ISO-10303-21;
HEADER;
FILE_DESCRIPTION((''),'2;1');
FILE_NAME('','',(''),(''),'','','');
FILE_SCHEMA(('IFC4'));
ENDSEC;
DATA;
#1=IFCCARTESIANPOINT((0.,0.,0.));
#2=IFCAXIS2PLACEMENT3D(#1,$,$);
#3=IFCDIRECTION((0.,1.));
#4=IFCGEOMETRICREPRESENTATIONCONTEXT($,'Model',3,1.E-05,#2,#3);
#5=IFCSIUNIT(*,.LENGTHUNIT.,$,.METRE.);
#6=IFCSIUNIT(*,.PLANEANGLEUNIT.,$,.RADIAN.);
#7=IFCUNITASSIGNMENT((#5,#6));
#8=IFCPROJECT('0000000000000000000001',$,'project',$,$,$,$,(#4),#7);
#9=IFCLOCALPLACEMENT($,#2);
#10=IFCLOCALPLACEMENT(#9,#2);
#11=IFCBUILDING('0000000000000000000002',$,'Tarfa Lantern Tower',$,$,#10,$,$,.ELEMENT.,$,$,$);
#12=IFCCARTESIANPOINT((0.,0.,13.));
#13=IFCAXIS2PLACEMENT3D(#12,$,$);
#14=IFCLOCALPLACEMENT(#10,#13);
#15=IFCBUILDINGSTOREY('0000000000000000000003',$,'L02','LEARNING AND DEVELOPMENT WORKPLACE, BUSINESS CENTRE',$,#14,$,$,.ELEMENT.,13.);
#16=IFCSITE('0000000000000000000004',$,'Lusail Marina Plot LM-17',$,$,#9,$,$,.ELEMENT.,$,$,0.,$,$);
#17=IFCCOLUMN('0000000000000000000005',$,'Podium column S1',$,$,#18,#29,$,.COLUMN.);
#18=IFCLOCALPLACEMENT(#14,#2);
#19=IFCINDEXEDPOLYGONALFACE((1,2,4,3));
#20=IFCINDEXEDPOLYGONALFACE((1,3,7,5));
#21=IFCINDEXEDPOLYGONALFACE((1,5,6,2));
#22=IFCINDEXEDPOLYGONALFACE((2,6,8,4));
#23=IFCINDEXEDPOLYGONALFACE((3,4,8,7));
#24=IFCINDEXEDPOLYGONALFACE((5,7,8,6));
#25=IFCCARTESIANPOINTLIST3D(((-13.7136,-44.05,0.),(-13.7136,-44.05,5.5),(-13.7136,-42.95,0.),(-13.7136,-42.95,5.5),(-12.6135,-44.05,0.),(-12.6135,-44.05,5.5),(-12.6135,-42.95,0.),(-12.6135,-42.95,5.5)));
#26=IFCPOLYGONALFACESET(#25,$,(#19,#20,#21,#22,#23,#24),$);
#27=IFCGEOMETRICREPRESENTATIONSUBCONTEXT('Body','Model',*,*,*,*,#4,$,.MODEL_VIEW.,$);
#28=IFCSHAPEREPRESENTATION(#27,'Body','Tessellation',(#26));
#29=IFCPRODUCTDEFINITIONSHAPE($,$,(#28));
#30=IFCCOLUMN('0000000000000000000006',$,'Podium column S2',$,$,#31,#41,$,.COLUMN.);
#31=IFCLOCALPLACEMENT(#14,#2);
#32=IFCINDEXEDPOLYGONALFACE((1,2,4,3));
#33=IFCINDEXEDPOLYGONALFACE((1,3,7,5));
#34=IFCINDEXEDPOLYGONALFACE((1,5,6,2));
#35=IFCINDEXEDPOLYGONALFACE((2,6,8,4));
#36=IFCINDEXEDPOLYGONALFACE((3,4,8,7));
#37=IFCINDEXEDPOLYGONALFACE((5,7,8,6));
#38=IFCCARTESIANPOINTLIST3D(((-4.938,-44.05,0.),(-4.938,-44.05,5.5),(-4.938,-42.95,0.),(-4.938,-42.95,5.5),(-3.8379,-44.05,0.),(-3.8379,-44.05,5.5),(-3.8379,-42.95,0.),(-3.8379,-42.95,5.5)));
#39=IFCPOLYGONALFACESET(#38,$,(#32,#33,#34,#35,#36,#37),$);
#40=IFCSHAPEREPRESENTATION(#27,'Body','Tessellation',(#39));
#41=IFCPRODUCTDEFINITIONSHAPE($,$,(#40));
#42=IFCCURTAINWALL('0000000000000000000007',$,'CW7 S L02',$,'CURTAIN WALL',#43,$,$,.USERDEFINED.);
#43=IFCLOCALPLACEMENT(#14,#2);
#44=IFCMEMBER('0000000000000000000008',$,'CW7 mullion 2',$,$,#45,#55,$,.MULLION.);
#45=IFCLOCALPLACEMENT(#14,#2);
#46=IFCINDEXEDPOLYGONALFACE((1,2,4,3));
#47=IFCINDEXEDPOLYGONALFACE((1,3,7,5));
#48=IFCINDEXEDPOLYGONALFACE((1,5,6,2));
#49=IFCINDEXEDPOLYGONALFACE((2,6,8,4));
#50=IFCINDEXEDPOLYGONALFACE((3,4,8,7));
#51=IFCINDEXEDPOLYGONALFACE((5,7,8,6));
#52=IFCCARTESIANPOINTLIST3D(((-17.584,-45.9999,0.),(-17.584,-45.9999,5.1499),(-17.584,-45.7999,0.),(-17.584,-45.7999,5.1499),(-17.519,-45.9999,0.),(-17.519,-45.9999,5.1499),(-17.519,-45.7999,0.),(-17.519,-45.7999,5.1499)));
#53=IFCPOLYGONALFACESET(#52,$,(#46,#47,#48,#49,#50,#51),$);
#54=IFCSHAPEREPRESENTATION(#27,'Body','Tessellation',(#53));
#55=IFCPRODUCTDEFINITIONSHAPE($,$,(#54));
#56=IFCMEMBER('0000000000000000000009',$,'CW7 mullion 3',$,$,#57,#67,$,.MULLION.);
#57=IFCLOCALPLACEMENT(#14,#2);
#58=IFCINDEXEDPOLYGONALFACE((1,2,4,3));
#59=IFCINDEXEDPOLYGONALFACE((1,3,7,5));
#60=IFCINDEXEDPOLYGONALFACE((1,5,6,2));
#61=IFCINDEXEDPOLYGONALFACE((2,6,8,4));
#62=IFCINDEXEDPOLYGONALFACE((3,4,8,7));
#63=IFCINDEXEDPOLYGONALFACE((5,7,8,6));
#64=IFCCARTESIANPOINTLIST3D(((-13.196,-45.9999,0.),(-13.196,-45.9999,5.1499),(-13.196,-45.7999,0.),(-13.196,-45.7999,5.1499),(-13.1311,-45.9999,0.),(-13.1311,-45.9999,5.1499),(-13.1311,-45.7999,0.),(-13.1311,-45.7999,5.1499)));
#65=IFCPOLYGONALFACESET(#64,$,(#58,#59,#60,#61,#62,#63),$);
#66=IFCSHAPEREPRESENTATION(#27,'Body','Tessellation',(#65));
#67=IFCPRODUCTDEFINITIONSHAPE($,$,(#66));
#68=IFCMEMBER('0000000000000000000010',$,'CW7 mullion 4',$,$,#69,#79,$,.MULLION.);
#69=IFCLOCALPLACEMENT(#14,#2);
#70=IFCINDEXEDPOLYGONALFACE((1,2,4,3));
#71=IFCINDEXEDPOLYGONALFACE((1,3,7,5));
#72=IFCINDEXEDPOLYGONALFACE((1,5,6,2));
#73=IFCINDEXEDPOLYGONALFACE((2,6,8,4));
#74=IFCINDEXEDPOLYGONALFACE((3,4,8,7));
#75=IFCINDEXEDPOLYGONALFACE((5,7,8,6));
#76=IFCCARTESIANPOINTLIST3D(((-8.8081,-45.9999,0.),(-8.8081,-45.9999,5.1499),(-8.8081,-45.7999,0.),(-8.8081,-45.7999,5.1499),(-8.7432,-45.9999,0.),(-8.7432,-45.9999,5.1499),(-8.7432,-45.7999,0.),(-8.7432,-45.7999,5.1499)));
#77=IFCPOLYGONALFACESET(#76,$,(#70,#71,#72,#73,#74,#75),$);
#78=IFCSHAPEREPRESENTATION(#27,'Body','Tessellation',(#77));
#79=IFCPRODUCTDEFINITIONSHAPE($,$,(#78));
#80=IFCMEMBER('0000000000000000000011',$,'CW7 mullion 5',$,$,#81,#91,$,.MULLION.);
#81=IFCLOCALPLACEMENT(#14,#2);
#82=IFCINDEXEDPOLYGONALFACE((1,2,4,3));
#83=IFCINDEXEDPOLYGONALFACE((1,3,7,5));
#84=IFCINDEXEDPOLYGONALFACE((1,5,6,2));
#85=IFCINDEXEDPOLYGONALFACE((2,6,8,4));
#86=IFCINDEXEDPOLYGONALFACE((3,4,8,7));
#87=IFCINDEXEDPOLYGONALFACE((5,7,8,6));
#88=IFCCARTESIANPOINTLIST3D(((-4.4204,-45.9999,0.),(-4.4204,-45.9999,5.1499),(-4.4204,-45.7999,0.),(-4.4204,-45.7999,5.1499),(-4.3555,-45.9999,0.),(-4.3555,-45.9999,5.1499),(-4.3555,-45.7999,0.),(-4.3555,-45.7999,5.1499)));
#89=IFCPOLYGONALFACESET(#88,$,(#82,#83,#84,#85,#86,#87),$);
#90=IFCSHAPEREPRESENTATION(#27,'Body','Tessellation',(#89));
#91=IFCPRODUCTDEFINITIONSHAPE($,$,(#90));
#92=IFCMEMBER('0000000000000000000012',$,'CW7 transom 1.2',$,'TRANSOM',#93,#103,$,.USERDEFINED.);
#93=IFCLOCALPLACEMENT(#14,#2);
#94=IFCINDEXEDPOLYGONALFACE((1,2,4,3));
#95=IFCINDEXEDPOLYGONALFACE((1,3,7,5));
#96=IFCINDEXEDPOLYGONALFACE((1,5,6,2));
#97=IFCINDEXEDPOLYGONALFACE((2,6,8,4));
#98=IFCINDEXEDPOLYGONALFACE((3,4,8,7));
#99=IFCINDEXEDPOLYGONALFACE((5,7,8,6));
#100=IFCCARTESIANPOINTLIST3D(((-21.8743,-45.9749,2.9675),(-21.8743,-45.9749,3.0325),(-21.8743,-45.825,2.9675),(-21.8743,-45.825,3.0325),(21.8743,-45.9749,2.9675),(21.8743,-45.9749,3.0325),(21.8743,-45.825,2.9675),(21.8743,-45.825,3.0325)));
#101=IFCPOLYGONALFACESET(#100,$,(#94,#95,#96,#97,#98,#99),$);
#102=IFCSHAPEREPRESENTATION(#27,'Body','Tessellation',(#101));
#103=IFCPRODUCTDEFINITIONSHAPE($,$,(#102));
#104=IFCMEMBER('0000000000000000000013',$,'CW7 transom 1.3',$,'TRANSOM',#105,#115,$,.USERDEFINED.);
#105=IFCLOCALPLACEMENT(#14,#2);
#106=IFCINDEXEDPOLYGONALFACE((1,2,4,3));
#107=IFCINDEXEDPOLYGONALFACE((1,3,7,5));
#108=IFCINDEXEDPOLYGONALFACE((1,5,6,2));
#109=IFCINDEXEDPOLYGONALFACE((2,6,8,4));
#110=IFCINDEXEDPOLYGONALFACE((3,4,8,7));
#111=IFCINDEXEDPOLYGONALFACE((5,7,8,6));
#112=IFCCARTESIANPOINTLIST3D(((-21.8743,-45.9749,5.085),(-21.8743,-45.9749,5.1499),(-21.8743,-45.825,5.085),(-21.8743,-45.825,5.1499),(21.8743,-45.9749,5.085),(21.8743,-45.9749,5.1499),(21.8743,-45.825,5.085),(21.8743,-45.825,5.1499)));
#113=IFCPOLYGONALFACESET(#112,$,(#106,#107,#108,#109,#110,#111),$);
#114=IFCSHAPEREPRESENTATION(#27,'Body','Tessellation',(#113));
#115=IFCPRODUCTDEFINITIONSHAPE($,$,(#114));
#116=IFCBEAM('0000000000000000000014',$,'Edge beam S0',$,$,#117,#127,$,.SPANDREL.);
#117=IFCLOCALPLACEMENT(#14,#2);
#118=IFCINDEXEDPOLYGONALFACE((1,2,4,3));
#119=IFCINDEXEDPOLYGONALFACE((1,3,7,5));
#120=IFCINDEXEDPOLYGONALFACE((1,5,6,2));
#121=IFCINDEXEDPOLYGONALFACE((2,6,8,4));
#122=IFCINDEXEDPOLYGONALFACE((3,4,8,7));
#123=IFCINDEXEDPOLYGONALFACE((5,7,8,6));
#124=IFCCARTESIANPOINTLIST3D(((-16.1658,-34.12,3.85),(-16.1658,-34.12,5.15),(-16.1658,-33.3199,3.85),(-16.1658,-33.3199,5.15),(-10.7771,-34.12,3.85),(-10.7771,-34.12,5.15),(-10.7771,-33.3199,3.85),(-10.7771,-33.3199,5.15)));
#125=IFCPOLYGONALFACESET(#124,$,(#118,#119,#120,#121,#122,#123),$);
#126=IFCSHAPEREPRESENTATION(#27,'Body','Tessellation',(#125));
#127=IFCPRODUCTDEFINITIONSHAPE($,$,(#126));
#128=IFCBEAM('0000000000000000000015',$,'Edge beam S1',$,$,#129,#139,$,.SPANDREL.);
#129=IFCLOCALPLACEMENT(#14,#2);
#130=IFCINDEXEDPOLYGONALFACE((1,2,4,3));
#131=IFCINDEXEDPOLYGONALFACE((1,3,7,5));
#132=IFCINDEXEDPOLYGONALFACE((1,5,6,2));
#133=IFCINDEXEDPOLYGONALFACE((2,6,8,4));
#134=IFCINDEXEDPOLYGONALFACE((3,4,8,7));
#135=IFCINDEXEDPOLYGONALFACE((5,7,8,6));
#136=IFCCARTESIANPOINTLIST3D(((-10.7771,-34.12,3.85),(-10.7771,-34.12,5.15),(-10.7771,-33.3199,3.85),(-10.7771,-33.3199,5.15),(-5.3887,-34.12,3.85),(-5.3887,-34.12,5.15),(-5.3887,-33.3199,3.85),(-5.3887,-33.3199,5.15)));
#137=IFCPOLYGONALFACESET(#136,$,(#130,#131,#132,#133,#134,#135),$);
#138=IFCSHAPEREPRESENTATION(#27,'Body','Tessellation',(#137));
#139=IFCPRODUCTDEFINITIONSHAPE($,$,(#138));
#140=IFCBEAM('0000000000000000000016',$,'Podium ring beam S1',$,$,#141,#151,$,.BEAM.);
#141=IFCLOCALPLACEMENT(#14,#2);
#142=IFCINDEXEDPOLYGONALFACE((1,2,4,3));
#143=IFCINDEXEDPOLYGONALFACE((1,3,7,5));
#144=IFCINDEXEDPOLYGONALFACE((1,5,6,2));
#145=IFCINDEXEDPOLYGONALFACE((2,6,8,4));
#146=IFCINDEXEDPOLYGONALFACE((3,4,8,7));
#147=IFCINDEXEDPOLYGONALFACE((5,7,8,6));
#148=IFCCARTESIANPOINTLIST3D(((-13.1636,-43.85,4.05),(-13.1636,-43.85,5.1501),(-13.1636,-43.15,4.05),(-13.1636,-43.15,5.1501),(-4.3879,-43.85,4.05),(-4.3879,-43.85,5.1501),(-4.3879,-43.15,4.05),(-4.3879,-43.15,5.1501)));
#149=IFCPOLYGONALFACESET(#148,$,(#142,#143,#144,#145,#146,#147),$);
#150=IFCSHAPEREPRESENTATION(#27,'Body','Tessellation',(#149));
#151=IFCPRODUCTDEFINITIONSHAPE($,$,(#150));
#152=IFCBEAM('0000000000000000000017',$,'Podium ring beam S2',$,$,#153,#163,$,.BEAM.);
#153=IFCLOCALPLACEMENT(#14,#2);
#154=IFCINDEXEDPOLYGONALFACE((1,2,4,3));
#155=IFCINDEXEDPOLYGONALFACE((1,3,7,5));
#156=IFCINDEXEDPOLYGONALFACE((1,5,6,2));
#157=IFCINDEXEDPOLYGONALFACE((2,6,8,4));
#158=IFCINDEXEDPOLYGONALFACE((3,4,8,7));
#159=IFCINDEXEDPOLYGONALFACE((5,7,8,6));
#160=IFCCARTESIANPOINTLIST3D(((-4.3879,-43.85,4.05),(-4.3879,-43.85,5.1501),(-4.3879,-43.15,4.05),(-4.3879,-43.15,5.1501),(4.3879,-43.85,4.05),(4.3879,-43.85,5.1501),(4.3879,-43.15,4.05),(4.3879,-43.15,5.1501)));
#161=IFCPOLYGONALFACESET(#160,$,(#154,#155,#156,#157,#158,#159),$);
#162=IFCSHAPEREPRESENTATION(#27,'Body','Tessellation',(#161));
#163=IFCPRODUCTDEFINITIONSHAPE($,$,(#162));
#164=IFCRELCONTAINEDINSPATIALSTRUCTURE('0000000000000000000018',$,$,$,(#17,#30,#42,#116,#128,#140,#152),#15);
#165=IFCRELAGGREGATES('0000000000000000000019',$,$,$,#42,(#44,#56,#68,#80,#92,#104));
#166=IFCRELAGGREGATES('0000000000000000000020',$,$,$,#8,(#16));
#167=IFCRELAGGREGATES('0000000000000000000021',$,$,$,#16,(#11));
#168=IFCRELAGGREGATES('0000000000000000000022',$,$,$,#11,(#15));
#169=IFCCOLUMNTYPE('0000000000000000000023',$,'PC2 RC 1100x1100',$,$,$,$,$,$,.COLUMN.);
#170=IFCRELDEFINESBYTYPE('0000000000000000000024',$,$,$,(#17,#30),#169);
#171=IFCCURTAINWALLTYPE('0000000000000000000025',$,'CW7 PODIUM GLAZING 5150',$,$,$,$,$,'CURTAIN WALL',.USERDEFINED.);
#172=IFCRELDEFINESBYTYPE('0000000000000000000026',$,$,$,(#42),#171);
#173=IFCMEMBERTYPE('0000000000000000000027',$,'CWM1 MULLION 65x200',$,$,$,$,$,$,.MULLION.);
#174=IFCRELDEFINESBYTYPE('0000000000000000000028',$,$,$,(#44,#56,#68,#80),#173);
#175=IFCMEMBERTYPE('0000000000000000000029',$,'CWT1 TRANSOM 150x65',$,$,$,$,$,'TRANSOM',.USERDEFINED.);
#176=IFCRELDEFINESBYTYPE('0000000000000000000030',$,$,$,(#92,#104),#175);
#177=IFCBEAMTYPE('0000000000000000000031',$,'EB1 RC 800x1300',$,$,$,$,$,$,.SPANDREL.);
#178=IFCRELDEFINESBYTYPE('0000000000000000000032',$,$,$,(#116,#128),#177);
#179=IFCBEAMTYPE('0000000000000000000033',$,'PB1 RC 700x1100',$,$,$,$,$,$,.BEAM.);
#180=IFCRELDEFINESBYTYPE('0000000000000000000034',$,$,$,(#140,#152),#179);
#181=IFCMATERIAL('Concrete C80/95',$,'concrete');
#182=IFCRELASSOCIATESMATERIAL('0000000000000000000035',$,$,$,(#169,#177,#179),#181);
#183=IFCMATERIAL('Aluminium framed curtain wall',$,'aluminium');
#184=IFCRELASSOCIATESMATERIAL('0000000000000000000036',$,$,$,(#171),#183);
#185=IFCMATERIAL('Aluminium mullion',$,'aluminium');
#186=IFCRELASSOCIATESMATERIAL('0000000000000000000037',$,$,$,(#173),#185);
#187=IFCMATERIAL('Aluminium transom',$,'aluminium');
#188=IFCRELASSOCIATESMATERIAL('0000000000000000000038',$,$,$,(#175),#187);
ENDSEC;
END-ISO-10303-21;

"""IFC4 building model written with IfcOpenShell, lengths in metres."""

from ifc_helpers import new_model, si_unit, direction, frame, origin, origin_2d, place, context, subcontext, project, spatial, rectangle, extrude, material, material_profile, profile_set, type_object, element, aggregate, save


model = new_model("IFC4")

# Units and contexts
model_context = context("Model", 3, precision=1e-05, world=origin(), true_north=direction((0.0, 1.0)))
body_context = subcontext(model_context, "Body", "Model", "MODEL_VIEW")
ifc_project = project(units=[si_unit("LENGTHUNIT", "METRE"), si_unit("PLANEANGLEUNIT", "RADIAN")], contexts=[model_context])

# Site, building, storey
site_placement = place(None, origin())
site = spatial("IfcSite", under=ifc_project, at=site_placement, Name="Lusail Marina Plot LM-17", CompositionType="ELEMENT", RefElevation=0.0)
building_placement = place(site_placement, origin())
building = spatial("IfcBuilding", under=site, at=building_placement, Name="Tarfa Lantern Tower", CompositionType="ELEMENT")
storey_placement = place(building_placement, frame((0.0, 0.0, 13.0)))
storey = spatial("IfcBuildingStorey", under=building, at=storey_placement, Name="L02", Description="LEARNING AND DEVELOPMENT WORKPLACE, BUSINESS CENTRE", CompositionType="ELEMENT", Elevation=13.0)

# Columns
ifc_material_1 = material(Name="Concrete C80/95", Category="concrete")
ifc_material_profile_1 = material_profile(ifc_material_1, rectangle(XDim=1.1001, YDim=1.1001, at=origin_2d()), Name="RC 1100x1100")
ifc_profile_set_1 = profile_set([ifc_material_profile_1], Name="Concrete C80/95")
column_type = type_object("IfcColumnType", Name="PC2 RC 1100x1100", PredefinedType="COLUMN", material=ifc_profile_set_1)
for number, where, z_axis, x_axis, name in (
    (1, (-13.1636, -43.5, 0.0), (0.0, 0.0, 1.0), (1.0, 0.0, 0.0), "Podium column S1"),
    (2, (-4.3879, -43.5, 0.0), (0.0, 0.0, 1.0), (1.0, 0.0, 0.0), "Podium column S2"),
):
    element("IfcColumn", number, at=place(storey_placement, frame(where, z_axis=z_axis, x_axis=x_axis)), inside=storey, type_object=column_type, Name=name, PredefinedType="COLUMN", context=body_context, shape_type="SweptSolid", body=[
        extrude(rectangle(XDim=1.1001, YDim=1.1001, at=origin_2d()), origin(), (0.0, 0.0, 1.0), 5.5),
    ])

# Curtain wall, members
ifc_material_2 = material(Name="Aluminium framed curtain wall", Category="aluminium")
curtain_wall_type = type_object("IfcCurtainWallType", Name="CW7 PODIUM GLAZING 5150", ElementType="CURTAIN WALL", PredefinedType="USERDEFINED", material=ifc_material_2)
curtain_wall_placement = place(storey_placement, origin())
curtain_wall = element("IfcCurtainWall", 3, at=curtain_wall_placement, inside=storey, type_object=curtain_wall_type, Name="CW7 S L02", ObjectType="CURTAIN WALL", PredefinedType="USERDEFINED")
ifc_material_3 = material(Name="Aluminium mullion", Category="aluminium")
ifc_material_profile_2 = material_profile(ifc_material_3, rectangle(XDim=0.0649, YDim=0.2, at=origin_2d()), Name="AL MULLION 65x200")
ifc_profile_set_2 = profile_set([ifc_material_profile_2], Name="Aluminium mullion")
member_type_1 = type_object("IfcMemberType", Name="CWM1 MULLION 65x200", PredefinedType="MULLION", material=ifc_profile_set_2)
member_1_placement = place(storey_placement, frame((-17.5515, -45.8999, 0.0), z_axis=(0.0, 0.0, 1.0), x_axis=(1.0, 0.0, 0.0)))
member_1 = element("IfcMember", 4, at=member_1_placement, type_object=member_type_1, Name="CW7 mullion 2", PredefinedType="MULLION", context=body_context, shape_type="SweptSolid", body=[
    extrude(rectangle(XDim=0.0649, YDim=0.2, at=origin_2d()), origin(), (0.0, 0.0, 1.0), 5.1499),
])
member_2_placement = place(storey_placement, frame((-13.1636, -45.8999, 0.0), z_axis=(0.0, 0.0, 1.0), x_axis=(1.0, 0.0, 0.0)))
member_2 = element("IfcMember", 5, at=member_2_placement, type_object=member_type_1, Name="CW7 mullion 3", PredefinedType="MULLION", context=body_context, shape_type="SweptSolid", body=[
    extrude(rectangle(XDim=0.0649, YDim=0.2, at=origin_2d()), origin(), (0.0, 0.0, 1.0), 5.1499),
])
member_3_placement = place(storey_placement, frame((-8.7756, -45.8999, 0.0), z_axis=(0.0, 0.0, 1.0), x_axis=(1.0, 0.0, 0.0)))
member_3 = element("IfcMember", 6, at=member_3_placement, type_object=member_type_1, Name="CW7 mullion 4", PredefinedType="MULLION", context=body_context, shape_type="SweptSolid", body=[
    extrude(rectangle(XDim=0.0649, YDim=0.2, at=origin_2d()), origin(), (0.0, 0.0, 1.0), 5.1499),
])
member_4_placement = place(storey_placement, frame((-4.3879, -45.8999, 0.0), z_axis=(0.0, 0.0, 1.0), x_axis=(1.0, 0.0, 0.0)))
member_4 = element("IfcMember", 7, at=member_4_placement, type_object=member_type_1, Name="CW7 mullion 5", PredefinedType="MULLION", context=body_context, shape_type="SweptSolid", body=[
    extrude(rectangle(XDim=0.0649, YDim=0.2, at=origin_2d()), origin(), (0.0, 0.0, 1.0), 5.1499),
])
ifc_material_4 = material(Name="Aluminium transom", Category="aluminium")
ifc_material_profile_3 = material_profile(ifc_material_4, rectangle(XDim=0.1499, YDim=0.0649, at=origin_2d()), Name="AL TRANSOM 150x65")
ifc_profile_set_3 = profile_set([ifc_material_profile_3], Name="Aluminium transom")
member_type_2 = type_object("IfcMemberType", Name="CWT1 TRANSOM 150x65", ElementType="TRANSOM", PredefinedType="USERDEFINED", material=ifc_profile_set_3)
member_5_placement = place(storey_placement, frame((-21.8743, -45.8999, 3.0), z_axis=(1.0, 0.0, 0.0), x_axis=(0.0, 1.0, 0.0)))
member_5 = element("IfcMember", 8, at=member_5_placement, type_object=member_type_2, Name="CW7 transom 1.2", ObjectType="TRANSOM", PredefinedType="USERDEFINED", context=body_context, shape_type="SweptSolid", body=[
    extrude(rectangle(XDim=0.1499, YDim=0.0649, at=origin_2d()), origin(), (0.0, 0.0, 1.0), 43.7485),
])
member_6_placement = place(storey_placement, frame((-21.8743, -45.8999, 5.1174), z_axis=(1.0, 0.0, 0.0), x_axis=(0.0, 1.0, 0.0)))
member_6 = element("IfcMember", 9, at=member_6_placement, type_object=member_type_2, Name="CW7 transom 1.3", ObjectType="TRANSOM", PredefinedType="USERDEFINED", context=body_context, shape_type="SweptSolid", body=[
    extrude(rectangle(XDim=0.1499, YDim=0.0649, at=origin_2d()), origin(), (0.0, 0.0, 1.0), 43.7485),
])

# Beams
ifc_material_profile_4 = material_profile(ifc_material_1, rectangle(XDim=0.8, YDim=1.3, at=origin_2d()), Name="RC 800x1300")
ifc_profile_set_4 = profile_set([ifc_material_profile_4], Name="Concrete C80/95")
beam_type_1 = type_object("IfcBeamType", Name="EB1 RC 800x1300", PredefinedType="SPANDREL", material=ifc_profile_set_4)
beam_1_placement = place(storey_placement, frame((-16.1658, -33.72, 4.5), z_axis=(1.0, 0.0, 0.0), x_axis=(0.0, 1.0, 0.0)))
element("IfcBeam", 10, at=beam_1_placement, inside=storey, type_object=beam_type_1, Name="Edge beam S0", PredefinedType="SPANDREL", context=body_context, shape_type="SweptSolid", body=[
    extrude(rectangle(XDim=0.8, YDim=1.3, at=origin_2d()), origin(), (0.0, 0.0, 1.0), 5.3887),
])
beam_2_placement = place(storey_placement, frame((-10.7771, -33.72, 4.5), z_axis=(1.0, 0.0, 0.0), x_axis=(0.0, 1.0, 0.0)))
element("IfcBeam", 11, at=beam_2_placement, inside=storey, type_object=beam_type_1, Name="Edge beam S1", PredefinedType="SPANDREL", context=body_context, shape_type="SweptSolid", body=[
    extrude(rectangle(XDim=0.8, YDim=1.3, at=origin_2d()), origin(), (0.0, 0.0, 1.0), 5.3884),
])
ifc_material_profile_5 = material_profile(ifc_material_1, rectangle(XDim=0.7, YDim=1.1001, at=origin_2d()), Name="RC 700x1100")
ifc_profile_set_5 = profile_set([ifc_material_profile_5], Name="Concrete C80/95")
beam_type_2 = type_object("IfcBeamType", Name="PB1 RC 700x1100", PredefinedType="BEAM", material=ifc_profile_set_5)
beam_3_placement = place(storey_placement, frame((-13.1636, -43.5, 4.6001), z_axis=(1.0, 0.0, 0.0), x_axis=(0.0, 1.0, 0.0)))
element("IfcBeam", 12, at=beam_3_placement, inside=storey, type_object=beam_type_2, Name="Podium ring beam S1", PredefinedType="BEAM", context=body_context, shape_type="SweptSolid", body=[
    extrude(rectangle(XDim=0.7, YDim=1.1001, at=origin_2d()), origin(), (0.0, 0.0, 1.0), 8.7756),
])
beam_4_placement = place(storey_placement, frame((-4.3879, -43.5, 4.6001), z_axis=(1.0, 0.0, 0.0), x_axis=(0.0, 1.0, 0.0)))
element("IfcBeam", 13, at=beam_4_placement, inside=storey, type_object=beam_type_2, Name="Podium ring beam S2", PredefinedType="BEAM", context=body_context, shape_type="SweptSolid", body=[
    extrude(rectangle(XDim=0.7, YDim=1.1001, at=origin_2d()), origin(), (0.0, 0.0, 1.0), 8.7759),
])

aggregate(curtain_wall, [member_1, member_2, member_3, member_4, member_5, member_6])

save(model, "model.ifc")
